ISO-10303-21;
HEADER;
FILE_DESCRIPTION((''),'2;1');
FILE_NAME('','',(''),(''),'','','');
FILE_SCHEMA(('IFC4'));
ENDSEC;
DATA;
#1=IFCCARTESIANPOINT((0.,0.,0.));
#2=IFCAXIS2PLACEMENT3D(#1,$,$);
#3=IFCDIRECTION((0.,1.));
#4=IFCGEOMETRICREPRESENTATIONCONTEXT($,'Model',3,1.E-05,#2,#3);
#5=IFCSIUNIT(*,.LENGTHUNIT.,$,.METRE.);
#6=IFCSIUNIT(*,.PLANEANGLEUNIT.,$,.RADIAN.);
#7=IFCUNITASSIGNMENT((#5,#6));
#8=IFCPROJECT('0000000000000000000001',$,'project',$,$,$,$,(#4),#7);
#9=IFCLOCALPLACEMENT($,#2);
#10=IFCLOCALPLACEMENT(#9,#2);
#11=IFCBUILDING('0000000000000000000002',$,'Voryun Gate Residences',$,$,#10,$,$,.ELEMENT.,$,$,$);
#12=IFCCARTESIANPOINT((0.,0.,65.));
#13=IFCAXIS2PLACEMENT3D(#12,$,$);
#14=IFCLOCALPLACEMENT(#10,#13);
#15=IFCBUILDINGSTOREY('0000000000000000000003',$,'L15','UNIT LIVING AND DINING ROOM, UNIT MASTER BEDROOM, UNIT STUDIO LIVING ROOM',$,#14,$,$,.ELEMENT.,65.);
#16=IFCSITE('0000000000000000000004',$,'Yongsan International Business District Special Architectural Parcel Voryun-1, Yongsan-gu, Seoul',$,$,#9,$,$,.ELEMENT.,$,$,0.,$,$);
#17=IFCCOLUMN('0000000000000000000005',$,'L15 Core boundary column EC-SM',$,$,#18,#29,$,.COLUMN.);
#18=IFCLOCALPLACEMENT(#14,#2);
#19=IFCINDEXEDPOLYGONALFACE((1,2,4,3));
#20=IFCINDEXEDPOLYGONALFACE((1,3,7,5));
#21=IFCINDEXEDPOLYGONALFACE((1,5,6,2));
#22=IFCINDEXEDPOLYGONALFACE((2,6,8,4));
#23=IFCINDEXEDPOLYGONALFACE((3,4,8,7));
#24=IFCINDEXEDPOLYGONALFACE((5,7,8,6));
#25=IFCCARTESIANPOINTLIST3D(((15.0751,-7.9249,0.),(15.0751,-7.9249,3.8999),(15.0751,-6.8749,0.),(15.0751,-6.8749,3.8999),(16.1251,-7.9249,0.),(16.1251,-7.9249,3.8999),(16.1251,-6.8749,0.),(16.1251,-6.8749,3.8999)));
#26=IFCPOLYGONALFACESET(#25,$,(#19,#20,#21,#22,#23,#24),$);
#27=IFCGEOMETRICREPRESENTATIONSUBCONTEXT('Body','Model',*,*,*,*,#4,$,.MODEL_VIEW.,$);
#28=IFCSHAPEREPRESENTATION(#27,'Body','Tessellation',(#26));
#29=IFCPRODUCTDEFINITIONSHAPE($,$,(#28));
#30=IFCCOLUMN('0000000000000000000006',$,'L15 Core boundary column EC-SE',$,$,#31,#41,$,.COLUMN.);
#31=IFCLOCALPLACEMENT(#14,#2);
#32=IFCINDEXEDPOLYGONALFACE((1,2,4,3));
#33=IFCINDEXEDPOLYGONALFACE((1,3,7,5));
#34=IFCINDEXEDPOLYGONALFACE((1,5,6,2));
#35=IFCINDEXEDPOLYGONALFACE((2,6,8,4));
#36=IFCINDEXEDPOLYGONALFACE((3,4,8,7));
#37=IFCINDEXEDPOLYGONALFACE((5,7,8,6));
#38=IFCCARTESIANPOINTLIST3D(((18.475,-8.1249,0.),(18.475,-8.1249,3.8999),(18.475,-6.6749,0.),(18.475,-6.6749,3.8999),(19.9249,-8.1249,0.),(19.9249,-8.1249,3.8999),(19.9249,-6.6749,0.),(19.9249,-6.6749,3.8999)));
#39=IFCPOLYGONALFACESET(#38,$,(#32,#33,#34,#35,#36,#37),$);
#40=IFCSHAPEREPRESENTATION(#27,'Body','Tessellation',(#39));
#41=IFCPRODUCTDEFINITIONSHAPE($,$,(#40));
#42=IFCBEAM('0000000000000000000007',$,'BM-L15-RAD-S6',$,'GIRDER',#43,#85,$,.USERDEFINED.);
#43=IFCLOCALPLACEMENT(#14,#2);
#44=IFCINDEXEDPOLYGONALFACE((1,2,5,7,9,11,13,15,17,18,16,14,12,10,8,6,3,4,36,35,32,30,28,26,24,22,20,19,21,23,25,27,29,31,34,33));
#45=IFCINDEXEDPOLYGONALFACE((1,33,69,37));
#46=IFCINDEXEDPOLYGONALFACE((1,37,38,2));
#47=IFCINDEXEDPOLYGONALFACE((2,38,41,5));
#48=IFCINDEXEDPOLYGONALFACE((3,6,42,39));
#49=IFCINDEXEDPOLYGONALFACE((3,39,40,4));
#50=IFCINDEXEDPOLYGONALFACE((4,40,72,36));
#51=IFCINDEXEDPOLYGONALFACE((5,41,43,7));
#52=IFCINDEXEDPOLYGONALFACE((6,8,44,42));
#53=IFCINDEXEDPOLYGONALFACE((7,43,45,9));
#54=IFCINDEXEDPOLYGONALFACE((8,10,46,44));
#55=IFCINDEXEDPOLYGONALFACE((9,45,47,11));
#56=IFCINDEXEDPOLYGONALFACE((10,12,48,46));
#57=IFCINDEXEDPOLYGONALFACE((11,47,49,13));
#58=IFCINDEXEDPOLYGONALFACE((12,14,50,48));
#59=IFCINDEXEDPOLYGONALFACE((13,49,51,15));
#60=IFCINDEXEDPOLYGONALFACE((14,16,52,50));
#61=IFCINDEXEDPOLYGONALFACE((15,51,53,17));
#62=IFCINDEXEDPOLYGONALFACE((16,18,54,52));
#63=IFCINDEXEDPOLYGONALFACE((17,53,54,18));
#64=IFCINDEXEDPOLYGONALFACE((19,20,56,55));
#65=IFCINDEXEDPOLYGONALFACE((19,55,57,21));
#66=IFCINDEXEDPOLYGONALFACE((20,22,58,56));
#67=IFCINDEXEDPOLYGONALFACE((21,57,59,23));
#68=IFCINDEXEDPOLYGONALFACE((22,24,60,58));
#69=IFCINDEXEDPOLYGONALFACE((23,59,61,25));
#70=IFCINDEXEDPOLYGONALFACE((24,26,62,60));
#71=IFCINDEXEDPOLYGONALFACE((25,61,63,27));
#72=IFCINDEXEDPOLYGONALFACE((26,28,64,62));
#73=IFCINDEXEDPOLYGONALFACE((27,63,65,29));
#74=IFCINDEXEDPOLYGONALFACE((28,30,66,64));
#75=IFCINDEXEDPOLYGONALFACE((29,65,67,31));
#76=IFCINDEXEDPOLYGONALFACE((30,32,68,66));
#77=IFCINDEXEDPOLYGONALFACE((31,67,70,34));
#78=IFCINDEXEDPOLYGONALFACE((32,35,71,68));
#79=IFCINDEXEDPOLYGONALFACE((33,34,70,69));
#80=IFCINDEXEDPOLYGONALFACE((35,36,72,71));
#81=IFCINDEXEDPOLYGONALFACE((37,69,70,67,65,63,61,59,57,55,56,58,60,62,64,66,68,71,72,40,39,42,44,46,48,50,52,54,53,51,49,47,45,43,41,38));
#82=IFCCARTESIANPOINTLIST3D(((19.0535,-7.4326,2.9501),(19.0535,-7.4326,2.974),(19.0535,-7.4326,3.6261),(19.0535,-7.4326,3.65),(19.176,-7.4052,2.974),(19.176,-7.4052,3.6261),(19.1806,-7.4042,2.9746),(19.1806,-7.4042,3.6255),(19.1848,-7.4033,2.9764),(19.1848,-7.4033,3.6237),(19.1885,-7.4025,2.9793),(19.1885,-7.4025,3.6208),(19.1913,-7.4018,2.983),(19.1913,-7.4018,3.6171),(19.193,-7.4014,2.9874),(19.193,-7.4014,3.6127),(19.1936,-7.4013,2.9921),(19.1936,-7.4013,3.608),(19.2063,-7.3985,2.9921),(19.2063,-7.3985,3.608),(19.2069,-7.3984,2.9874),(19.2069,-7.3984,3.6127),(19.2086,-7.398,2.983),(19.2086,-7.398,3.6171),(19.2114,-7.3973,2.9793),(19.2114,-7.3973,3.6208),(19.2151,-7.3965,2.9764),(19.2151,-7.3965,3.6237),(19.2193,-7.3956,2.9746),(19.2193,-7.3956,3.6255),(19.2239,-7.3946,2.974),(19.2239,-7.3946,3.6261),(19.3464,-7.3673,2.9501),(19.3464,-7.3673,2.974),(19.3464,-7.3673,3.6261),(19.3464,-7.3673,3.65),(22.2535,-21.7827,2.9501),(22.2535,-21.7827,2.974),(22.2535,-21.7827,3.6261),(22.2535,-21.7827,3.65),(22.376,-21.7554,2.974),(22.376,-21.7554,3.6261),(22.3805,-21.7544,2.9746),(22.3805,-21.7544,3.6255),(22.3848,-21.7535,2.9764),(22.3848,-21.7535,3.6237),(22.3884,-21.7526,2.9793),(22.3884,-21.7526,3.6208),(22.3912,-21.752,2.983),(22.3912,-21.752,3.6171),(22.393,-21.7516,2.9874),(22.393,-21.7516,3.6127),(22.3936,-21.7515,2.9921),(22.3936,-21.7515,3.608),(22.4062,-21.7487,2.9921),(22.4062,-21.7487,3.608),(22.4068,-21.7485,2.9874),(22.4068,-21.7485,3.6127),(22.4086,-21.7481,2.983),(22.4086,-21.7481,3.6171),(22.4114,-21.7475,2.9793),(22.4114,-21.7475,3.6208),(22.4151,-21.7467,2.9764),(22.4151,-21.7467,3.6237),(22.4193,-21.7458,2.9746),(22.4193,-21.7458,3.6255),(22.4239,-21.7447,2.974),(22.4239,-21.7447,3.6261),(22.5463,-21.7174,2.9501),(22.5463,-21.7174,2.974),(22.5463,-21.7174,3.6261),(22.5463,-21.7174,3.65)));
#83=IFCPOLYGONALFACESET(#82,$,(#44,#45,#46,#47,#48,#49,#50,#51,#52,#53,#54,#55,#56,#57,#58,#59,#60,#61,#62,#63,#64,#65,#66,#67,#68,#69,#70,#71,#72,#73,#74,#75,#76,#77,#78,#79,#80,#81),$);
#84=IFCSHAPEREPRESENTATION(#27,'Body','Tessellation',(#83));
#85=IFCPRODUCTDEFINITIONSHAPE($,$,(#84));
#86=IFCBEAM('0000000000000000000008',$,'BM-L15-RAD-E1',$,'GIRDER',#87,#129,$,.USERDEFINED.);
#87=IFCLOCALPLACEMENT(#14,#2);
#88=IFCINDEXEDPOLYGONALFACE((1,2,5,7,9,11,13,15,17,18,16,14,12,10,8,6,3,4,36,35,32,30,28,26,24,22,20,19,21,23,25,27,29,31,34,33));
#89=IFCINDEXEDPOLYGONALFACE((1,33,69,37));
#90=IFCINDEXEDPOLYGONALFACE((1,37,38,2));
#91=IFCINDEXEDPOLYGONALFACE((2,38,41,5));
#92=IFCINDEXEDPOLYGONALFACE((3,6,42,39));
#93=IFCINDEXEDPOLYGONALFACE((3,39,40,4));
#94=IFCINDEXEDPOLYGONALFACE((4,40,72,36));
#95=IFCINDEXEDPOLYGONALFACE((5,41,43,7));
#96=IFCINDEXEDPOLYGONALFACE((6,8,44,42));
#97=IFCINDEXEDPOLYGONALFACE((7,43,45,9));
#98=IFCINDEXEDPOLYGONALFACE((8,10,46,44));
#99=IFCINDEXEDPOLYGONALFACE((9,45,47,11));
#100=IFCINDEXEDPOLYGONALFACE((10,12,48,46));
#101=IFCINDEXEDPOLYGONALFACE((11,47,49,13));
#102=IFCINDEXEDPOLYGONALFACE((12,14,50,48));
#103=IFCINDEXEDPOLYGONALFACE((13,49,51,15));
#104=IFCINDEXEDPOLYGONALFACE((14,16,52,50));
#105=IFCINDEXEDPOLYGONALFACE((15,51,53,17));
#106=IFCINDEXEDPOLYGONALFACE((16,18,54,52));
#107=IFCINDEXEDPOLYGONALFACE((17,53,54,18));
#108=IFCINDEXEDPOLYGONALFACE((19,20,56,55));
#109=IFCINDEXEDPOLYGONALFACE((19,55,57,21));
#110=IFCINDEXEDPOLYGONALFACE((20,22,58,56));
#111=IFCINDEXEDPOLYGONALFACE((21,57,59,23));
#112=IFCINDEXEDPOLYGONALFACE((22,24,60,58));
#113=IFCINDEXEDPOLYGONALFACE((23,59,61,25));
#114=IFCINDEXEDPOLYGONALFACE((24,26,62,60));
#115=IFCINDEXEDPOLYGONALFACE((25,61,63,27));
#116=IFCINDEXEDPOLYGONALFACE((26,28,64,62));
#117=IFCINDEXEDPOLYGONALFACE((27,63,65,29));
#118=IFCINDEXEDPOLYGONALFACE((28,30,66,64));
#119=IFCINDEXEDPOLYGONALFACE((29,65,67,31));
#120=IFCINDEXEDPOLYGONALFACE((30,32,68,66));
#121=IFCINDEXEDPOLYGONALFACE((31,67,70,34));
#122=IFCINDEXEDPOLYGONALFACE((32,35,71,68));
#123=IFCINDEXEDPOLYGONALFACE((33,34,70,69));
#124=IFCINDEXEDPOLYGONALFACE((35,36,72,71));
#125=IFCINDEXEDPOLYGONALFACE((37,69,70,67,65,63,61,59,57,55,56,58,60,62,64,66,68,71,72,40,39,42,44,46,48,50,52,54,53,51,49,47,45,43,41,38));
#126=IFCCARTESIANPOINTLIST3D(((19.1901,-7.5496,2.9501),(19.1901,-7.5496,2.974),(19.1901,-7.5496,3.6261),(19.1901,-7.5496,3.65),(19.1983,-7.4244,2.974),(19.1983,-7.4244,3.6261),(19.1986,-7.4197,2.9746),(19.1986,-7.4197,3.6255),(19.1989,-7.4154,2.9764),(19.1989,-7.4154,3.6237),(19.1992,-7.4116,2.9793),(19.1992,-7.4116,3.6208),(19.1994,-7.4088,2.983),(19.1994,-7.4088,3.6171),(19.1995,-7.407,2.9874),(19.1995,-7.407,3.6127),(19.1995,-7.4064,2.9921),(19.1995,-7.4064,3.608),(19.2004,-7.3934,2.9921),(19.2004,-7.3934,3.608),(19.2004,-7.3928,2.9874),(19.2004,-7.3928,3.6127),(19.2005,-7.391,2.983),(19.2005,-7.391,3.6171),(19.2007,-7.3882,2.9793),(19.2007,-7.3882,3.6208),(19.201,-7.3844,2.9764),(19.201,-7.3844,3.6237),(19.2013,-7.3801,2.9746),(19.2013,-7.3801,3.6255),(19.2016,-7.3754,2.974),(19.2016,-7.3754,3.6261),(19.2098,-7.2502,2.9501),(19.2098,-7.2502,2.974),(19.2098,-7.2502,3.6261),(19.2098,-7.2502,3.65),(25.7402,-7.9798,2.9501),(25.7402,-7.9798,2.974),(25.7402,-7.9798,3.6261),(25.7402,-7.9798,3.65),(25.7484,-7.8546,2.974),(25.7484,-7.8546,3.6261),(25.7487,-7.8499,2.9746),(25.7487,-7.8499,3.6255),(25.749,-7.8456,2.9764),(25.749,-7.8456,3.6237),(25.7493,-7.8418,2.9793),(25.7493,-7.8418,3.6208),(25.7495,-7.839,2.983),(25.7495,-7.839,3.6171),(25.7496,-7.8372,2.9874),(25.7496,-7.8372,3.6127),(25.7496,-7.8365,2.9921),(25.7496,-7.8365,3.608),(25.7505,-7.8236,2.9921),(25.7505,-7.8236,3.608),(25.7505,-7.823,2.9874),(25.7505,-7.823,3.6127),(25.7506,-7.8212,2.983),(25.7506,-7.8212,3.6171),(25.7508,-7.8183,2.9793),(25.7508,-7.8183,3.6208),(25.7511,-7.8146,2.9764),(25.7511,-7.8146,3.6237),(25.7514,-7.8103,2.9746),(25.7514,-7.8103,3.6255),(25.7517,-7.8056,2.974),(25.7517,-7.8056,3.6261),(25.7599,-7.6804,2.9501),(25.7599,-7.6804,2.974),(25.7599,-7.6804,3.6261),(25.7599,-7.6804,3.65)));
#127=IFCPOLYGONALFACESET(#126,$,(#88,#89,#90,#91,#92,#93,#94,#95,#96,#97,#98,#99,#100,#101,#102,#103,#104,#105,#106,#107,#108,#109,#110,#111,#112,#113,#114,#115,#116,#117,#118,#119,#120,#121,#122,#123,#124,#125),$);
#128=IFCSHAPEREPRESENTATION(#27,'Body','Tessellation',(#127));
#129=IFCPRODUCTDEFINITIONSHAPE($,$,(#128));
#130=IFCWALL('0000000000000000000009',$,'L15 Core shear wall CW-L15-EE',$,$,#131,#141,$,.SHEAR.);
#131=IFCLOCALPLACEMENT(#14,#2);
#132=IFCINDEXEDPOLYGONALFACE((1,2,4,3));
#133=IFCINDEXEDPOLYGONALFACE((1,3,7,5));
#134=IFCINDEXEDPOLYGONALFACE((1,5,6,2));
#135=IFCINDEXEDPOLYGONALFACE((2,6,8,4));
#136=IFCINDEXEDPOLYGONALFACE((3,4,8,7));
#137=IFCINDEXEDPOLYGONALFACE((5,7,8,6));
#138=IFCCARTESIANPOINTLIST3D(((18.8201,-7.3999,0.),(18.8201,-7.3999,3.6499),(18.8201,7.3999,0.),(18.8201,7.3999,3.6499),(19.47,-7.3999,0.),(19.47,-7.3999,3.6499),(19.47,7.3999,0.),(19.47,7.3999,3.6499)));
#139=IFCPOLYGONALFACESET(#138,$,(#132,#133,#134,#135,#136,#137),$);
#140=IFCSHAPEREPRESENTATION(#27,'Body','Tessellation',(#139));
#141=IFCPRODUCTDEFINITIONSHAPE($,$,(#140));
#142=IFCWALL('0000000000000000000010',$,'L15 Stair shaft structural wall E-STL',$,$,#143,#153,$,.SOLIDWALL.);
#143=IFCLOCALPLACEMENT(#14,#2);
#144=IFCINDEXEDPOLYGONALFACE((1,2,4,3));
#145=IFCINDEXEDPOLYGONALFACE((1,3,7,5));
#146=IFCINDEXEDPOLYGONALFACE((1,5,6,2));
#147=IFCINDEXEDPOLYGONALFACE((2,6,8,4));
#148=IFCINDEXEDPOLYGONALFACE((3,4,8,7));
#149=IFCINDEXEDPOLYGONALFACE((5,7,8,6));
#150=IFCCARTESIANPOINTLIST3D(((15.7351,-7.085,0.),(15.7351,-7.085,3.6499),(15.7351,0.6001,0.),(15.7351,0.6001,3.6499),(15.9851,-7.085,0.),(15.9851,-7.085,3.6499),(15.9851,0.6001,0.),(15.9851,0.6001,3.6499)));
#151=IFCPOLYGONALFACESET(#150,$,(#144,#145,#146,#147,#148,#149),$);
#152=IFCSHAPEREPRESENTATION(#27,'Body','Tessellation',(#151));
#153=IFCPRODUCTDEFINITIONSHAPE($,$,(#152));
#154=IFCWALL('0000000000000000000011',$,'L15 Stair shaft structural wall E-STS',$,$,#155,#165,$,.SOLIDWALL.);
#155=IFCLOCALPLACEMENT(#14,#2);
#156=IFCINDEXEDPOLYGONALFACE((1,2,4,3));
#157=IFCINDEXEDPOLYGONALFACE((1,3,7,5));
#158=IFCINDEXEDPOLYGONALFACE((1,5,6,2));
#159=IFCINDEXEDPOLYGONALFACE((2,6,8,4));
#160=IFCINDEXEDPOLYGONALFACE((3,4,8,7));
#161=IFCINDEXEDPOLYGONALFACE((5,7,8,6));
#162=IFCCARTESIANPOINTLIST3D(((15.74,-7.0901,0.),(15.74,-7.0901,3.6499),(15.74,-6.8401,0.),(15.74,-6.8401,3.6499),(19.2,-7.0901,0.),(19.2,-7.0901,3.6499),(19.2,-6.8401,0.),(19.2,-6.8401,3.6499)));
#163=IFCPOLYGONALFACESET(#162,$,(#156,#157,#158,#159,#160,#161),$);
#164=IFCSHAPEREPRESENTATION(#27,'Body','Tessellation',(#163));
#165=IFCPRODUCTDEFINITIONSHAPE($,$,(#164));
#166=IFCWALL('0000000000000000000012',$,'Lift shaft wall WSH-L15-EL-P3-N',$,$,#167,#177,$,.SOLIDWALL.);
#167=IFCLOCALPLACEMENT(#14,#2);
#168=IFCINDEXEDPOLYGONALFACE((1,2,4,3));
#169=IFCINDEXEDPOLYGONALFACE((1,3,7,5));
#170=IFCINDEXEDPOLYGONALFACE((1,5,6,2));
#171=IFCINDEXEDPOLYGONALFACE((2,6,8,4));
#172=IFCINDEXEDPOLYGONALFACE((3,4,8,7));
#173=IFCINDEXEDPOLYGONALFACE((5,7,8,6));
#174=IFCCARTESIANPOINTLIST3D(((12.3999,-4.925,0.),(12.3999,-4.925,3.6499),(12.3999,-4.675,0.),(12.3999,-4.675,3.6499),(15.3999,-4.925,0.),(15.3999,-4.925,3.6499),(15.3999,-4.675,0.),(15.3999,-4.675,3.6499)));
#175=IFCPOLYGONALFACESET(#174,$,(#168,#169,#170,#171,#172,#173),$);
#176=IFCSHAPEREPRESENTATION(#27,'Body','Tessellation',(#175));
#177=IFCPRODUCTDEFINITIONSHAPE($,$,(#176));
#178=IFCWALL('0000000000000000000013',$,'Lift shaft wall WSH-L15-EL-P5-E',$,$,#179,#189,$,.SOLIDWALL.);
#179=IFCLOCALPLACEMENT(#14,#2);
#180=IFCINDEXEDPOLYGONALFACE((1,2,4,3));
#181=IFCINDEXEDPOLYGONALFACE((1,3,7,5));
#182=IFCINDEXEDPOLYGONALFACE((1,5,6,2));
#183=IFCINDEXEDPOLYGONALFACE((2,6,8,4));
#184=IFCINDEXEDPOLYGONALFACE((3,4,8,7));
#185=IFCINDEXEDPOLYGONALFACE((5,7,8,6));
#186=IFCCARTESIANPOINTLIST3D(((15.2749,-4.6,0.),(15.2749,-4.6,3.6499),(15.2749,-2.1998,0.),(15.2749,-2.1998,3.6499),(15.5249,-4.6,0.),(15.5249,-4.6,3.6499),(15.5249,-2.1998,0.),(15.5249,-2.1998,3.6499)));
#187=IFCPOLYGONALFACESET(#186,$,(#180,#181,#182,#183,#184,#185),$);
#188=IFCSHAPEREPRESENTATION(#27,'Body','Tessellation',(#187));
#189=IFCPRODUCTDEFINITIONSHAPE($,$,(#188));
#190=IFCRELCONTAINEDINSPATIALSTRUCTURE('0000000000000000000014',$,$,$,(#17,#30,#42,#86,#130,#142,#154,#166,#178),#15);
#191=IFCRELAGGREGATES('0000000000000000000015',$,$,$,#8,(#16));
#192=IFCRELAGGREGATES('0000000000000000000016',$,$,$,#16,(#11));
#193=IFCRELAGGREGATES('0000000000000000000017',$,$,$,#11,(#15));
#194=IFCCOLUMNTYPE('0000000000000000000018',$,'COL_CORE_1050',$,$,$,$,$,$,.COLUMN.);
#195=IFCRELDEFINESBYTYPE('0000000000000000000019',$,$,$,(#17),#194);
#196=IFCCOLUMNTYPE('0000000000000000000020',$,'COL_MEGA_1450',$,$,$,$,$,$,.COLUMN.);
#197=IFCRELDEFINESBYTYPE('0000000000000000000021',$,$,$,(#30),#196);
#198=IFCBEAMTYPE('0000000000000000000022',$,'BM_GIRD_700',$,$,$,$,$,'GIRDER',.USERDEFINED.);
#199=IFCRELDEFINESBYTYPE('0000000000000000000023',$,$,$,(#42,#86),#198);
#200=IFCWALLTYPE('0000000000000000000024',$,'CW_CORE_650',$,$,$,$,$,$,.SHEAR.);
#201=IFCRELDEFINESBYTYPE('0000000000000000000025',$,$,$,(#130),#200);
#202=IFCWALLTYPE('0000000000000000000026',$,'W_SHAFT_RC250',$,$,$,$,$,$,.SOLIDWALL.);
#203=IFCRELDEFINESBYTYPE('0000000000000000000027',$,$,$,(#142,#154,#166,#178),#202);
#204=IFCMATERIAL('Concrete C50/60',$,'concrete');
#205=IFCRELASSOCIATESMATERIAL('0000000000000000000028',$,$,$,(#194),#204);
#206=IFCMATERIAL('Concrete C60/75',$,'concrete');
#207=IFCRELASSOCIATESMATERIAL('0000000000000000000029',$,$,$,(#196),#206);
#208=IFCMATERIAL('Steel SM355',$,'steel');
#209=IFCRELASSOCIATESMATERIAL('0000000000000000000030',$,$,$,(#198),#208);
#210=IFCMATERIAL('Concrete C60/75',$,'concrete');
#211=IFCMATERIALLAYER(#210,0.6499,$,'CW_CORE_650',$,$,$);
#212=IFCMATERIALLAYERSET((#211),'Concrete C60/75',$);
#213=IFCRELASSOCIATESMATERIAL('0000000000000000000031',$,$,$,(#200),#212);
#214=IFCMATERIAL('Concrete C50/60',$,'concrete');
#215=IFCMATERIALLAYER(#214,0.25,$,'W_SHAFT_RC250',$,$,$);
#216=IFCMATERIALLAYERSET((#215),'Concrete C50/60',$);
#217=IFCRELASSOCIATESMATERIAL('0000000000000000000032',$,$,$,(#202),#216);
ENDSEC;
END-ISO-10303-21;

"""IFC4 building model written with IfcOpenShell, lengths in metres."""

from ifc_helpers import new_model, si_unit, direction, frame, frame_2d, origin, origin_2d, place, context, subcontext, project, spatial, rectangle, i_section, extrude, material, layer, layer_set, material_profile, profile_set, type_object, element, save


model = new_model("IFC4")

# Units and contexts
model_context = context("Model", 3, precision=1e-05, world=origin(), true_north=direction((0.0, 1.0)))
body_context = subcontext(model_context, "Body", "Model", "MODEL_VIEW")
ifc_project = project(units=[si_unit("LENGTHUNIT", "METRE"), si_unit("PLANEANGLEUNIT", "RADIAN")], contexts=[model_context])

# Site, building, storey
site_placement = place(None, origin())
site = spatial("IfcSite", under=ifc_project, at=site_placement, Name="Yongsan International Business District Special Architectural Parcel Voryun-1, Yongsan-gu, Seoul", CompositionType="ELEMENT", RefElevation=0.0)
building_placement = place(site_placement, origin())
building = spatial("IfcBuilding", under=site, at=building_placement, Name="Voryun Gate Residences", CompositionType="ELEMENT")
storey_placement = place(building_placement, frame((0.0, 0.0, 65.0)))
storey = spatial("IfcBuildingStorey", under=building, at=storey_placement, Name="L15", Description="UNIT LIVING AND DINING ROOM, UNIT MASTER BEDROOM, UNIT STUDIO LIVING ROOM", CompositionType="ELEMENT", Elevation=65.0)

# Columns
ifc_material_1 = material(Name="Concrete C50/60", Category="concrete")
ifc_material_profile_1 = material_profile(ifc_material_1, rectangle(XDim=1.05, YDim=1.05, at=origin_2d()), Name="RC-1050x1050")
ifc_profile_set_1 = profile_set([ifc_material_profile_1], Name="Concrete C50/60")
column_type_1 = type_object("IfcColumnType", Name="COL_CORE_1050", PredefinedType="COLUMN", material=ifc_profile_set_1)
column_1_placement = place(storey_placement, frame((15.6001, -7.3999, 0.0), z_axis=(0.0, 0.0, 1.0), x_axis=(1.0, 0.0, 0.0)))
element("IfcColumn", 1, at=column_1_placement, inside=storey, type_object=column_type_1, Name="L15 Core boundary column EC-SM", PredefinedType="COLUMN", context=body_context, shape_type="SweptSolid", body=[
    extrude(rectangle(XDim=1.05, YDim=1.05, at=origin_2d()), origin(), (0.0, 0.0, 1.0), 3.8999),
])
ifc_material_2 = material(Name="Concrete C60/75", Category="concrete")
ifc_material_profile_2 = material_profile(ifc_material_2, rectangle(XDim=1.45, YDim=1.45, at=origin_2d()), Name="RC-1450x1450")
ifc_profile_set_2 = profile_set([ifc_material_profile_2], Name="Concrete C60/75")
column_type_2 = type_object("IfcColumnType", Name="COL_MEGA_1450", PredefinedType="COLUMN", material=ifc_profile_set_2)
column_2_placement = place(storey_placement, frame((19.2, -7.3999, 0.0), z_axis=(0.0, 0.0, 1.0), x_axis=(1.0, 0.0, 0.0)))
element("IfcColumn", 2, at=column_2_placement, inside=storey, type_object=column_type_2, Name="L15 Core boundary column EC-SE", PredefinedType="COLUMN", context=body_context, shape_type="SweptSolid", body=[
    extrude(rectangle(XDim=1.45, YDim=1.45, at=origin_2d()), origin(), (0.0, 0.0, 1.0), 3.8999),
])

# Beams
ifc_material_3 = material(Name="Steel SM355", Category="steel")
ifc_material_profile_3 = material_profile(ifc_material_3, i_section(OverallWidth=0.3, OverallDepth=0.7, WebThickness=0.0129, FlangeThickness=0.0239, FilletRadius=0.0181, at=origin_2d()), Name="H-700x300x13x24")
ifc_profile_set_3 = profile_set([ifc_material_profile_3], Name="Steel SM355")
beam_type = type_object("IfcBeamType", Name="BM_GIRD_700", ElementType="GIRDER", PredefinedType="USERDEFINED", material=ifc_profile_set_3)
beam_1_placement = place(storey_placement, frame((19.2, -7.3999, 3.3), z_axis=(0.217646, -0.976028, 0.0), x_axis=(0.976028, 0.217646, 0.0)))
element("IfcBeam", 3, at=beam_1_placement, inside=storey, type_object=beam_type, Name="BM-L15-RAD-S6", ObjectType="GIRDER", PredefinedType="USERDEFINED", context=body_context, shape_type="SweptSolid", body=[
    extrude(i_section(OverallWidth=0.3, OverallDepth=0.7, WebThickness=0.0129, FlangeThickness=0.0239, FilletRadius=0.0181, at=origin_2d()), origin(), (0.0, 0.0, 1.0), 14.7026),
])
beam_2_placement = place(storey_placement, frame((19.2, -7.3999, 3.3), z_axis=(0.99785, -0.065534, 0.0), x_axis=(0.065534, 0.99785, 0.0)))
element("IfcBeam", 4, at=beam_2_placement, inside=storey, type_object=beam_type, Name="BM-L15-RAD-E1", ObjectType="GIRDER", PredefinedType="USERDEFINED", context=body_context, shape_type="SweptSolid", body=[
    extrude(i_section(OverallWidth=0.3, OverallDepth=0.7, WebThickness=0.0129, FlangeThickness=0.0239, FilletRadius=0.0181, at=origin_2d()), origin(), (0.0, 0.0, 1.0), 6.5642),
])

# Walls
ifc_material_4 = material(Name="Concrete C60/75", Category="concrete")
ifc_layer_1 = layer(ifc_material_4, 0.6499, Name="CW_CORE_650")
ifc_layer_set_1 = layer_set([ifc_layer_1], Name="Concrete C60/75")
wall_type_1 = type_object("IfcWallType", Name="CW_CORE_650", PredefinedType="SHEAR", material=ifc_layer_set_1)
wall_1_placement = place(storey_placement, frame((19.145, -7.3999, 0.0), z_axis=(0.0, 0.0, 1.0), x_axis=(0.0, 1.0, 0.0)))
element("IfcWall", 5, at=wall_1_placement, inside=storey, type_object=wall_type_1, Name="L15 Core shear wall CW-L15-EE", PredefinedType="SHEAR", context=body_context, shape_type="SweptSolid", body=[
    extrude(rectangle(XDim=14.7998, YDim=0.6499, at=frame_2d((7.3999, 0.0))), origin(), (0.0, 0.0, 1.0), 3.6499),
])
ifc_material_5 = material(Name="Concrete C50/60", Category="concrete")
ifc_layer_2 = layer(ifc_material_5, 0.25, Name="W_SHAFT_RC250")
ifc_layer_set_2 = layer_set([ifc_layer_2], Name="Concrete C50/60")
wall_type_2 = type_object("IfcWallType", Name="W_SHAFT_RC250", PredefinedType="SOLIDWALL", material=ifc_layer_set_2)
wall_2_placement = place(storey_placement, frame((15.8601, -7.085, 0.0), z_axis=(0.0, 0.0, 1.0), x_axis=(0.0, 1.0, 0.0)))
element("IfcWall", 6, at=wall_2_placement, inside=storey, type_object=wall_type_2, Name="L15 Stair shaft structural wall E-STL", PredefinedType="SOLIDWALL", context=body_context, shape_type="SweptSolid", body=[
    extrude(rectangle(XDim=7.6851, YDim=0.25, at=frame_2d((3.8425, 0.0))), origin(), (0.0, 0.0, 1.0), 3.6499),
])
wall_3_placement = place(storey_placement, frame((15.74, -6.9651, 0.0), z_axis=(0.0, 0.0, 1.0), x_axis=(1.0, 0.0, 0.0)))
element("IfcWall", 7, at=wall_3_placement, inside=storey, type_object=wall_type_2, Name="L15 Stair shaft structural wall E-STS", PredefinedType="SOLIDWALL", context=body_context, shape_type="SweptSolid", body=[
    extrude(rectangle(XDim=3.46, YDim=0.25, at=frame_2d((1.73, 0.0))), origin(), (0.0, 0.0, 1.0), 3.6499),
])
wall_4_placement = place(storey_placement, frame((15.3999, -4.8, 0.0), z_axis=(0.0, 0.0, 1.0), x_axis=(-1.0, 0.0, 0.0)))
element("IfcWall", 8, at=wall_4_placement, inside=storey, type_object=wall_type_2, Name="Lift shaft wall WSH-L15-EL-P3-N", PredefinedType="SOLIDWALL", context=body_context, shape_type="SweptSolid", body=[
    extrude(rectangle(XDim=3.0, YDim=0.25, at=frame_2d((1.5, 0.0))), origin(), (0.0, 0.0, 1.0), 3.6499),
])
wall_5_placement = place(storey_placement, frame((15.3999, -4.6001, 0.0), z_axis=(0.0, 0.0, 1.0), x_axis=(0.0, 1.0, 0.0)))
element("IfcWall", 9, at=wall_5_placement, inside=storey, type_object=wall_type_2, Name="Lift shaft wall WSH-L15-EL-P5-E", PredefinedType="SOLIDWALL", context=body_context, shape_type="SweptSolid", body=[
    extrude(rectangle(XDim=2.4001, YDim=0.25, at=frame_2d((1.2002, 0.0))), origin(), (0.0, 0.0, 1.0), 3.6499),
])

save(model, "model.ifc")
